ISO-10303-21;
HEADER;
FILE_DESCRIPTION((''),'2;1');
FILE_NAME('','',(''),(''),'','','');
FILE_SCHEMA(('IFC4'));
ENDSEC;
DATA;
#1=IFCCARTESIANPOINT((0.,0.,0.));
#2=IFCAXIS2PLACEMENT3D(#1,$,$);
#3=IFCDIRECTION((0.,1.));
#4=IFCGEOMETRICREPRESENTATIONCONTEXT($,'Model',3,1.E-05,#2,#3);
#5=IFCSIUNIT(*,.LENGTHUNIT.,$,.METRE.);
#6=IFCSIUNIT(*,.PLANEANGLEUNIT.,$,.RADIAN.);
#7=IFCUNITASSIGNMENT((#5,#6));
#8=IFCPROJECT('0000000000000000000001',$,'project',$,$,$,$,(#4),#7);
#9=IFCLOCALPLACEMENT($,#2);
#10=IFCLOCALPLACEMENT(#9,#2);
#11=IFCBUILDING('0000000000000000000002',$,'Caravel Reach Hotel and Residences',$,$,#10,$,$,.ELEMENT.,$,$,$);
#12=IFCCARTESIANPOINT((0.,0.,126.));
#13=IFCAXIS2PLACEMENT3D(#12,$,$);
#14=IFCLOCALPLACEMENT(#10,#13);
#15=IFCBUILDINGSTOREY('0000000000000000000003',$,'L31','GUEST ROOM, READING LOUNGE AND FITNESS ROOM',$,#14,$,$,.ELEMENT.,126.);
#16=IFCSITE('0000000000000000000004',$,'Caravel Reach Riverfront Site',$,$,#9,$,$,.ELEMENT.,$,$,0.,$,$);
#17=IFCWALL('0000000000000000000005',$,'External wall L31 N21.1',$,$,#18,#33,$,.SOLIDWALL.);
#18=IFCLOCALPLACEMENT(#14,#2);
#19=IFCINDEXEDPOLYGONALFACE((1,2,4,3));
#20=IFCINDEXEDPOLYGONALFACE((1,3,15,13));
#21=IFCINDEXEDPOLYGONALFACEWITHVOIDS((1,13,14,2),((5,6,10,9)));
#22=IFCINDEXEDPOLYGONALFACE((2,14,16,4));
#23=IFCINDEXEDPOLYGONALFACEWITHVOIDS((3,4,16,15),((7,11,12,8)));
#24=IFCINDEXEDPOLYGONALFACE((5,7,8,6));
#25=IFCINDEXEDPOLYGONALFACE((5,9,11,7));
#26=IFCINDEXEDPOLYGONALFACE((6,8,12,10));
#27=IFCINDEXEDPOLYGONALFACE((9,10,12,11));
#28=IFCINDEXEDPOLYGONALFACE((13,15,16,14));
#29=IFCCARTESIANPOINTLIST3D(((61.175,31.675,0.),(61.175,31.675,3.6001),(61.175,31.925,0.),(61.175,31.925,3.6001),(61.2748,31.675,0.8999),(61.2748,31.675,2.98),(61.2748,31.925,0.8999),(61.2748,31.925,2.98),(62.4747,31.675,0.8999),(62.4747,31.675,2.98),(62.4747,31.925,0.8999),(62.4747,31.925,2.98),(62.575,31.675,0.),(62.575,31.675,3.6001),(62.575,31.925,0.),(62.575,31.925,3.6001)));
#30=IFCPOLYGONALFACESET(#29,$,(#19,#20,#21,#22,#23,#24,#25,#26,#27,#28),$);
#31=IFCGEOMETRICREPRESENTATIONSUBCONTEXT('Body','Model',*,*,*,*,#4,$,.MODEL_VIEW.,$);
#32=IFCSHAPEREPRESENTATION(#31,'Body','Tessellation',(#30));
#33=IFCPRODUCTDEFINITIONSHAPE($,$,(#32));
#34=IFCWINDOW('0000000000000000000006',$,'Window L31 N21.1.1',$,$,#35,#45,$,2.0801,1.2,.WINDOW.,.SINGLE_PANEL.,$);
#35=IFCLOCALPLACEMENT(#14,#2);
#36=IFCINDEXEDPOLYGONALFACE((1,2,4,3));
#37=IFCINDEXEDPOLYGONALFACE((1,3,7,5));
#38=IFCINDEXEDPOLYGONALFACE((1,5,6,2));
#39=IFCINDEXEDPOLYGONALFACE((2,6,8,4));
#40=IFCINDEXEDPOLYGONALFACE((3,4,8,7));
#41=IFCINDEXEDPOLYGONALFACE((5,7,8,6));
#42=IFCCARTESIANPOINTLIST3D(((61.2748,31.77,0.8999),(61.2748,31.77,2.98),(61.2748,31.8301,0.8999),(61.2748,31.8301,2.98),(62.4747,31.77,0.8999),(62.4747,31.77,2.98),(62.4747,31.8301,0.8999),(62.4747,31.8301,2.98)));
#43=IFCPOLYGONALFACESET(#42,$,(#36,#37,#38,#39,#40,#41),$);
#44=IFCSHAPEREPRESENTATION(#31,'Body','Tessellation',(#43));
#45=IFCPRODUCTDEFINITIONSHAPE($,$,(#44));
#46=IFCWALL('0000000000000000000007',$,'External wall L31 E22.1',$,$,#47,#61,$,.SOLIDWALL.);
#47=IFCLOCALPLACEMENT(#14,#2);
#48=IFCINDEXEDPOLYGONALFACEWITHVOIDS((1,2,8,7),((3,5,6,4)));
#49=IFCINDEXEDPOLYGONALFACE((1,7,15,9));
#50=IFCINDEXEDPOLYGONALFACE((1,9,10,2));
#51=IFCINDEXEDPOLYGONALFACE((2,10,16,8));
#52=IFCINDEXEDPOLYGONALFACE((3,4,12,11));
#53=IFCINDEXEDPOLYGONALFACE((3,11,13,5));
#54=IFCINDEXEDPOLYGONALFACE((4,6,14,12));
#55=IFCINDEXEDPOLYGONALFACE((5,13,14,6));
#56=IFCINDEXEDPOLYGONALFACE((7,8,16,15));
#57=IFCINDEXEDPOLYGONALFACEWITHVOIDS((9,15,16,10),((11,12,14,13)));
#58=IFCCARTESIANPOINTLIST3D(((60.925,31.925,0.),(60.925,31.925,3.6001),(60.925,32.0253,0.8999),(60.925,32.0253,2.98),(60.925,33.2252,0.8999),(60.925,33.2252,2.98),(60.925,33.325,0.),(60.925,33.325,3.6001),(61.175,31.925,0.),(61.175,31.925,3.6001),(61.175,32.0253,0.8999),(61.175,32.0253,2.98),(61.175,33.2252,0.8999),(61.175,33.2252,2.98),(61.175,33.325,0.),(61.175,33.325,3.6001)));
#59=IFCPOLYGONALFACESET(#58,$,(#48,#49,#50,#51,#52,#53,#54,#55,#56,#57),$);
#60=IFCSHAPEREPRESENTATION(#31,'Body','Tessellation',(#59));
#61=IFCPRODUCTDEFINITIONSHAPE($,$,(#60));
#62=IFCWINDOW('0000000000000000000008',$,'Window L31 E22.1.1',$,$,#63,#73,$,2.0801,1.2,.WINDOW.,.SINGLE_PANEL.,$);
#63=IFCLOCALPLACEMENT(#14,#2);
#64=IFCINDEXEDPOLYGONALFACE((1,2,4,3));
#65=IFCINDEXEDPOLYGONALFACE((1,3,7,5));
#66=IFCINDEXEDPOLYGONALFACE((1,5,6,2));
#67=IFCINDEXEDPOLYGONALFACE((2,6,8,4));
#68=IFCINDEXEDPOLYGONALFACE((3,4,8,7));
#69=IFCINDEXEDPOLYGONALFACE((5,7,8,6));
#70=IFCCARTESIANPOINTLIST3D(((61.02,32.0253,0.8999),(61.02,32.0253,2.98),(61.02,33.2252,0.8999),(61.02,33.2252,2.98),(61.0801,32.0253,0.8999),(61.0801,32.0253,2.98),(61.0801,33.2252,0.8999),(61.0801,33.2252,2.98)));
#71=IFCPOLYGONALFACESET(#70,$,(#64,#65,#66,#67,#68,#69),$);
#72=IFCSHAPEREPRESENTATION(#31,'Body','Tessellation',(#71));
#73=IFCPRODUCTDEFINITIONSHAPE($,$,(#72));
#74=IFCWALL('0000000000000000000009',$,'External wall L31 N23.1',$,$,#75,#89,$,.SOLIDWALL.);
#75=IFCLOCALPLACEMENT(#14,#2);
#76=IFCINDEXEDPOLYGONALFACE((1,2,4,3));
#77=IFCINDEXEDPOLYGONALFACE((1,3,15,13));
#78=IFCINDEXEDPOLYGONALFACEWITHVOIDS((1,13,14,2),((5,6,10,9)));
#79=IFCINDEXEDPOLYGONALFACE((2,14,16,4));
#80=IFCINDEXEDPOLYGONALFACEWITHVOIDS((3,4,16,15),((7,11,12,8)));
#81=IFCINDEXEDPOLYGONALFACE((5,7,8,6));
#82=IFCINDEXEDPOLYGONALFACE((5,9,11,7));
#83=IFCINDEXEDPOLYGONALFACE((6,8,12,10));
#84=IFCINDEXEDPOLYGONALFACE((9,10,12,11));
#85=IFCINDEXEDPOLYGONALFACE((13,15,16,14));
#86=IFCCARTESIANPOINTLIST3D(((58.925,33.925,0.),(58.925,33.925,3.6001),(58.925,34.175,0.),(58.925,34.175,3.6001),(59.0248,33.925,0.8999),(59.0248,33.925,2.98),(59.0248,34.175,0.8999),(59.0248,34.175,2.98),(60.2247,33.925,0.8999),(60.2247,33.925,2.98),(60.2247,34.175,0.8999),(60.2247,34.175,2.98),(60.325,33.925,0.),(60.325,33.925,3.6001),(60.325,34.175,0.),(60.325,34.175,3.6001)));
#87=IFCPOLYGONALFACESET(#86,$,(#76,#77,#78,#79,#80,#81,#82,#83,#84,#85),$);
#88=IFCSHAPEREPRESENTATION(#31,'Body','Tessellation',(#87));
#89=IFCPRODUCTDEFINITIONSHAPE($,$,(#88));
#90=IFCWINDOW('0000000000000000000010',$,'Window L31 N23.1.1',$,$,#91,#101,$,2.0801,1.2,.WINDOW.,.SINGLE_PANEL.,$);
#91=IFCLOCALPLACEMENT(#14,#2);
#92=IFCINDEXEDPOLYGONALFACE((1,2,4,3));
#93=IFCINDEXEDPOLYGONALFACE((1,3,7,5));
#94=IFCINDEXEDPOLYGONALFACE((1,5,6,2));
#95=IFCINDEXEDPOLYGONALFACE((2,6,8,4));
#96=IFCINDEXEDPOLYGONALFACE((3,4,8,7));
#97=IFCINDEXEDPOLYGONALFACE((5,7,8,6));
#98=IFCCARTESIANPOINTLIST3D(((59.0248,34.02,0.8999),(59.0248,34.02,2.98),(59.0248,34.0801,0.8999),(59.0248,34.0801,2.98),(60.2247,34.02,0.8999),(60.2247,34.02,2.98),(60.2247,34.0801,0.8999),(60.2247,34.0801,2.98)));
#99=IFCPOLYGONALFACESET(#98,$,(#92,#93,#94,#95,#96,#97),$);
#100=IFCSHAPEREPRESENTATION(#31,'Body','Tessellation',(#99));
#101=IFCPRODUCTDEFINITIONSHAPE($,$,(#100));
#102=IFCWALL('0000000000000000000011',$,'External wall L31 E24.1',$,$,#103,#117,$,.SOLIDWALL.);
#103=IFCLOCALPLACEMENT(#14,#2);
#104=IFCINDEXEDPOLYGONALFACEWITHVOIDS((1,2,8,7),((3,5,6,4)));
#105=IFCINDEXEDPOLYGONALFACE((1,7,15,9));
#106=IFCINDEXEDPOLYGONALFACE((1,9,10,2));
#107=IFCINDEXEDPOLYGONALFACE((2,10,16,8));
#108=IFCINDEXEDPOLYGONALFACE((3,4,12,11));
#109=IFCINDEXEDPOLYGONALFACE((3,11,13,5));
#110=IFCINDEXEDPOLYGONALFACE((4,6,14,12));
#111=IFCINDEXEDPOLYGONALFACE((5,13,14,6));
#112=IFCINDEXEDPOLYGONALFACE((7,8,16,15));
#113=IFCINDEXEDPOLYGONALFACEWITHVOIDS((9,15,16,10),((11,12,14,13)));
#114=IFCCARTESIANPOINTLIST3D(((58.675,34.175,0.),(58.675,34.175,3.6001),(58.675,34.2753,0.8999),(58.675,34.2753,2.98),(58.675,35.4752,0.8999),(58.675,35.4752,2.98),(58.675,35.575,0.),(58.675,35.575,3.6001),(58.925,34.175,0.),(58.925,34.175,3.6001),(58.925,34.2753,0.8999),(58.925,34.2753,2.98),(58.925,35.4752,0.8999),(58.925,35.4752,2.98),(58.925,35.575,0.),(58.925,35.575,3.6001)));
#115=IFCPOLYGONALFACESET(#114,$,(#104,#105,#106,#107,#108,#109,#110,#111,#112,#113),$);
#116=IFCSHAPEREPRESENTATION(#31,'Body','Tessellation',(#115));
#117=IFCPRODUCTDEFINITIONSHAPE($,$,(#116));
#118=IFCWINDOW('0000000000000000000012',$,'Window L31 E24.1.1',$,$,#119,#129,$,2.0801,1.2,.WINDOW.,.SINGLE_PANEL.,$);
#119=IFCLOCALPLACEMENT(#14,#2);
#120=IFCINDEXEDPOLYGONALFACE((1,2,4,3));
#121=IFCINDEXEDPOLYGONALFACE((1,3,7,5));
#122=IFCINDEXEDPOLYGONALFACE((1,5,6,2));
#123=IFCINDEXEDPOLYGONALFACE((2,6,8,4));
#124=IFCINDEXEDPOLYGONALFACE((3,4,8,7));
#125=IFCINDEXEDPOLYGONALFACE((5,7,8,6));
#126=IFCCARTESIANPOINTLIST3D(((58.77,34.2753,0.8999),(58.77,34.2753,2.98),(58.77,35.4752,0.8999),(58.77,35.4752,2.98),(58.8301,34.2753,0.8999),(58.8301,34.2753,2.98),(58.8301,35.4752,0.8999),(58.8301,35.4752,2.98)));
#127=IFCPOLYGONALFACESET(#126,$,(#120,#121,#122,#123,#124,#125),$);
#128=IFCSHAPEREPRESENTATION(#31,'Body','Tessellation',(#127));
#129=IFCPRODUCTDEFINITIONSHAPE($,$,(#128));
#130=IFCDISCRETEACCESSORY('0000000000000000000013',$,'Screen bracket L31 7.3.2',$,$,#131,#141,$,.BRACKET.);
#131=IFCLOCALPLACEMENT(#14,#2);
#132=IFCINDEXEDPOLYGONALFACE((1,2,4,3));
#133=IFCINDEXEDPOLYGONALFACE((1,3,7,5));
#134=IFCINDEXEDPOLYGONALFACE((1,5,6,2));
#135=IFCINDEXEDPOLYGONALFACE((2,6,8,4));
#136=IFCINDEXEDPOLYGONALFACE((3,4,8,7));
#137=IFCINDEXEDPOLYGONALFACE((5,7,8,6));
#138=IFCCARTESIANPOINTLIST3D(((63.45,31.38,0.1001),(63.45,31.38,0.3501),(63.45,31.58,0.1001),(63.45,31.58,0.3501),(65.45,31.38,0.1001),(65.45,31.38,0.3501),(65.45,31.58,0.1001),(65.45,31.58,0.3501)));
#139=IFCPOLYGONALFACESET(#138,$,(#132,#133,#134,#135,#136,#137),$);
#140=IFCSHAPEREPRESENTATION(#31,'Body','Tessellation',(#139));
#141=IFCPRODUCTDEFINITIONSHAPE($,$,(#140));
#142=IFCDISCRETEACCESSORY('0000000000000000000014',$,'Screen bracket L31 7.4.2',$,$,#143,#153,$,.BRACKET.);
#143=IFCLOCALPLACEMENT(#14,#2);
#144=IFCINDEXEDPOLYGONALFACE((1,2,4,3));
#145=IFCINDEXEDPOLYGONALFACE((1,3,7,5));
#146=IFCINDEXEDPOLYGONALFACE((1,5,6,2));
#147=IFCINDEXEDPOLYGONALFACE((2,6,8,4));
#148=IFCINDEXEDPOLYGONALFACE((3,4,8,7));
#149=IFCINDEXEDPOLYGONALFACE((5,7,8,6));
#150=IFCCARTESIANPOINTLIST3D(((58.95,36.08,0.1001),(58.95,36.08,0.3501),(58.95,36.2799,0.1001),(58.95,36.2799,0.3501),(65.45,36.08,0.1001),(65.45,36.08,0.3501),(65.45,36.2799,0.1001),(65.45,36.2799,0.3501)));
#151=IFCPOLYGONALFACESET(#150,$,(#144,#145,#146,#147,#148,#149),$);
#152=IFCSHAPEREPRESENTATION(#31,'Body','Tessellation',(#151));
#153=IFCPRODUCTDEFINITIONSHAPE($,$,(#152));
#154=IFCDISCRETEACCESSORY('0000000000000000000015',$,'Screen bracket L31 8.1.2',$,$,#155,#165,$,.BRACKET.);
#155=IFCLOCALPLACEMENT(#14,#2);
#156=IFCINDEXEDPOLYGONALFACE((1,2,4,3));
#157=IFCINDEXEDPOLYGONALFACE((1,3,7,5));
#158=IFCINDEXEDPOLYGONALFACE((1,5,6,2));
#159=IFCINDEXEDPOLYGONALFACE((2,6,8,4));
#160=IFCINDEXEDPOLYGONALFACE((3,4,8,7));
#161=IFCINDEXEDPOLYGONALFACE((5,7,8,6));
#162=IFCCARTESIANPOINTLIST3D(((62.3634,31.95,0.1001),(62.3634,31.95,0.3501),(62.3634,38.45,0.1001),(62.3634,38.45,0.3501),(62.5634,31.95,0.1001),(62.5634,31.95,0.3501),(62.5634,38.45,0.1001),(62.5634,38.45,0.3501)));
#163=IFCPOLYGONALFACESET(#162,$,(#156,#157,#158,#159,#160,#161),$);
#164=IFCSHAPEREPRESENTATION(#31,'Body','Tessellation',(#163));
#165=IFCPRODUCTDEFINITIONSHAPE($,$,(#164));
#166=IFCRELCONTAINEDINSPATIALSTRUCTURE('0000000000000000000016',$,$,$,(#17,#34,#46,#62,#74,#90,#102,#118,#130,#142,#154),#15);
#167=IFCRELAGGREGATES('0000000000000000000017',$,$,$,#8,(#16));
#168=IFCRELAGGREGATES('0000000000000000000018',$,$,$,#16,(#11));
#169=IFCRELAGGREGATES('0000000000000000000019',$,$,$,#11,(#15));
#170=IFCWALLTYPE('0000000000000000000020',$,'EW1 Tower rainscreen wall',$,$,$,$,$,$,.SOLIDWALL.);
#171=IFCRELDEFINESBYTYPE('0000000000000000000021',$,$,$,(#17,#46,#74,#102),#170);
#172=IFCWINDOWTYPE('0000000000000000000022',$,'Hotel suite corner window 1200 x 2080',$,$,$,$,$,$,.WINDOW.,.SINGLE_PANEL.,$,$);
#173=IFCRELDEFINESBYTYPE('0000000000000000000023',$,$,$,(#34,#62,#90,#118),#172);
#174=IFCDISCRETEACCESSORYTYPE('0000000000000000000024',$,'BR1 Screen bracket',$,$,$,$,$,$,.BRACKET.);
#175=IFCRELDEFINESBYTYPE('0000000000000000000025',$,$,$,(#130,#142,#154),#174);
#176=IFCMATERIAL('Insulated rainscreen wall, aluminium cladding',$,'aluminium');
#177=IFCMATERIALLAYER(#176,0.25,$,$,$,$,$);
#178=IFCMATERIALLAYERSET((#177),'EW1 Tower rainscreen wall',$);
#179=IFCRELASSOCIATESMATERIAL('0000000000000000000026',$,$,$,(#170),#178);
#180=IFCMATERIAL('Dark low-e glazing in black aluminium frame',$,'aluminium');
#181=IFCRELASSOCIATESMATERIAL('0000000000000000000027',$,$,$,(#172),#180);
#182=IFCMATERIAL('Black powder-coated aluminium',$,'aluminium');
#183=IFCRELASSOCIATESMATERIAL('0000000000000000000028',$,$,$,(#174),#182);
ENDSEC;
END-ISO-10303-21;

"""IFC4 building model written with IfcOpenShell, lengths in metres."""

from ifc_helpers import new_model, si_unit, direction, frame, frame_2d, origin, origin_2d, place, context, subcontext, project, spatial, rectangle, extrude, material, layer, layer_set, type_object, element, fill, save


model = new_model("IFC4")

# Units and contexts
model_context = context("Model", 3, precision=1e-05, world=origin(), true_north=direction((0.0, 1.0)))
body_context = subcontext(model_context, "Body", "Model", "MODEL_VIEW")
ifc_project = project(units=[si_unit("LENGTHUNIT", "METRE"), si_unit("PLANEANGLEUNIT", "RADIAN")], contexts=[model_context])

# Site, building, storey
site_placement = place(None, origin())
site = spatial("IfcSite", under=ifc_project, at=site_placement, Name="Caravel Reach Riverfront Site", CompositionType="ELEMENT", RefElevation=0.0)
building_placement = place(site_placement, origin())
building = spatial("IfcBuilding", under=site, at=building_placement, Name="Caravel Reach Hotel and Residences", CompositionType="ELEMENT")
storey_placement = place(building_placement, frame((0.0, 0.0, 126.0)))
storey = spatial("IfcBuildingStorey", under=building, at=storey_placement, Name="L31", Description="GUEST ROOM, READING LOUNGE AND FITNESS ROOM", CompositionType="ELEMENT", Elevation=126.0)

# Walls, openings, windows
ifc_material_1 = material(Name="Insulated rainscreen wall, aluminium cladding", Category="aluminium")
ifc_layer = layer(ifc_material_1, 0.25)
ifc_layer_set = layer_set([ifc_layer], Name="EW1 Tower rainscreen wall")
wall_type = type_object("IfcWallType", Name="EW1 Tower rainscreen wall", PredefinedType="SOLIDWALL", material=ifc_layer_set)
wall_1_placement = place(storey_placement, frame((62.575, 31.8, 0.0), z_axis=(0.0, 0.0, 1.0), x_axis=(-1.0, 0.0, 0.0)))
wall_1 = element("IfcWall", 1, at=wall_1_placement, inside=storey, type_object=wall_type, Name="External wall L31 N21.1", PredefinedType="SOLIDWALL", context=body_context, shape_type="SweptSolid", body=[
    extrude(rectangle(XDim=1.3999, YDim=0.25, at=frame_2d((0.7, 0.0))), origin(), (0.0, 0.0, 1.0), 3.6001),
])
opening_1_placement = place(wall_1_placement, frame((0.1001, 0.0, 0.8999)))
opening_1 = element("IfcOpeningElement", 2, at=opening_1_placement, cuts=wall_1, PredefinedType="OPENING", context=body_context, shape_type="SweptSolid", body=[
    extrude(rectangle(XDim=1.2, YDim=2.0801, at=frame_2d((0.6001, 1.04))), frame((0.0, 0.135, 0.0), z_axis=(0.0, -1.0, 0.0), x_axis=(1.0, 0.0, 0.0)), (0.0, 0.0, 1.0), 0.27),
])
ifc_material_2 = material(Name="Dark low-e glazing in black aluminium frame", Category="aluminium")
window_type = type_object("IfcWindowType", Name="Hotel suite corner window 1200 x 2080", PartitioningType="SINGLE_PANEL", PredefinedType="WINDOW", material=ifc_material_2)
window_1_placement = place(opening_1_placement, origin())
window_1 = element("IfcWindow", 3, at=window_1_placement, inside=storey, type_object=window_type, Name="Window L31 N21.1.1", OverallHeight=2.0801, OverallWidth=1.2, PartitioningType="SINGLE_PANEL", PredefinedType="WINDOW", context=body_context, shape_type="SweptSolid", body=[
    extrude(rectangle(XDim=1.2, YDim=2.0801, at=frame_2d((0.6001, 1.04))), frame((0.0, 0.03, 0.0), z_axis=(0.0, -1.0, 0.0), x_axis=(1.0, 0.0, 0.0)), (0.0, 0.0, 1.0), 0.0601),
])
fill(opening_1, window_1)
wall_2_placement = place(storey_placement, frame((61.05, 31.925, 0.0), z_axis=(0.0, 0.0, 1.0), x_axis=(0.0, 1.0, 0.0)))
wall_2 = element("IfcWall", 4, at=wall_2_placement, inside=storey, type_object=wall_type, Name="External wall L31 E22.1", PredefinedType="SOLIDWALL", context=body_context, shape_type="SweptSolid", body=[
    extrude(rectangle(XDim=1.3999, YDim=0.25, at=frame_2d((0.7, 0.0))), origin(), (0.0, 0.0, 1.0), 3.6001),
])
opening_2_placement = place(wall_2_placement, frame((0.1001, 0.0, 0.8999)))
opening_2 = element("IfcOpeningElement", 5, at=opening_2_placement, cuts=wall_2, PredefinedType="OPENING", context=body_context, shape_type="SweptSolid", body=[
    extrude(rectangle(XDim=1.2, YDim=2.0801, at=frame_2d((0.6001, 1.04))), frame((0.0, 0.135, 0.0), z_axis=(0.0, -1.0, 0.0), x_axis=(1.0, 0.0, 0.0)), (0.0, 0.0, 1.0), 0.27),
])
window_2_placement = place(opening_2_placement, origin())
window_2 = element("IfcWindow", 6, at=window_2_placement, inside=storey, type_object=window_type, Name="Window L31 E22.1.1", OverallHeight=2.0801, OverallWidth=1.2, PartitioningType="SINGLE_PANEL", PredefinedType="WINDOW", context=body_context, shape_type="SweptSolid", body=[
    extrude(rectangle(XDim=1.2, YDim=2.0801, at=frame_2d((0.6001, 1.04))), frame((0.0, 0.03, 0.0), z_axis=(0.0, -1.0, 0.0), x_axis=(1.0, 0.0, 0.0)), (0.0, 0.0, 1.0), 0.0601),
])
fill(opening_2, window_2)
wall_3_placement = place(storey_placement, frame((60.325, 34.05, 0.0), z_axis=(0.0, 0.0, 1.0), x_axis=(-1.0, 0.0, 0.0)))
wall_3 = element("IfcWall", 7, at=wall_3_placement, inside=storey, type_object=wall_type, Name="External wall L31 N23.1", PredefinedType="SOLIDWALL", context=body_context, shape_type="SweptSolid", body=[
    extrude(rectangle(XDim=1.3999, YDim=0.25, at=frame_2d((0.7, 0.0))), origin(), (0.0, 0.0, 1.0), 3.6001),
])
opening_3_placement = place(wall_3_placement, frame((0.1001, 0.0, 0.8999)))
opening_3 = element("IfcOpeningElement", 8, at=opening_3_placement, cuts=wall_3, PredefinedType="OPENING", context=body_context, shape_type="SweptSolid", body=[
    extrude(rectangle(XDim=1.2, YDim=2.0801, at=frame_2d((0.6001, 1.04))), frame((0.0, 0.135, 0.0), z_axis=(0.0, -1.0, 0.0), x_axis=(1.0, 0.0, 0.0)), (0.0, 0.0, 1.0), 0.27),
])
window_3_placement = place(opening_3_placement, origin())
window_3 = element("IfcWindow", 9, at=window_3_placement, inside=storey, type_object=window_type, Name="Window L31 N23.1.1", OverallHeight=2.0801, OverallWidth=1.2, PartitioningType="SINGLE_PANEL", PredefinedType="WINDOW", context=body_context, shape_type="SweptSolid", body=[
    extrude(rectangle(XDim=1.2, YDim=2.0801, at=frame_2d((0.6001, 1.04))), frame((0.0, 0.03, 0.0), z_axis=(0.0, -1.0, 0.0), x_axis=(1.0, 0.0, 0.0)), (0.0, 0.0, 1.0), 0.0601),
])
fill(opening_3, window_3)
wall_4_placement = place(storey_placement, frame((58.8, 34.175, 0.0), z_axis=(0.0, 0.0, 1.0), x_axis=(0.0, 1.0, 0.0)))
wall_4 = element("IfcWall", 10, at=wall_4_placement, inside=storey, type_object=wall_type, Name="External wall L31 E24.1", PredefinedType="SOLIDWALL", context=body_context, shape_type="SweptSolid", body=[
    extrude(rectangle(XDim=1.3999, YDim=0.25, at=frame_2d((0.7, 0.0))), origin(), (0.0, 0.0, 1.0), 3.6001),
])
opening_4_placement = place(wall_4_placement, frame((0.1001, 0.0, 0.8999)))
opening_4 = element("IfcOpeningElement", 11, at=opening_4_placement, cuts=wall_4, PredefinedType="OPENING", context=body_context, shape_type="SweptSolid", body=[
    extrude(rectangle(XDim=1.2, YDim=2.0801, at=frame_2d((0.6001, 1.04))), frame((0.0, 0.135, 0.0), z_axis=(0.0, -1.0, 0.0), x_axis=(1.0, 0.0, 0.0)), (0.0, 0.0, 1.0), 0.27),
])
window_4_placement = place(opening_4_placement, origin())
window_4 = element("IfcWindow", 12, at=window_4_placement, inside=storey, type_object=window_type, Name="Window L31 E24.1.1", OverallHeight=2.0801, OverallWidth=1.2, PartitioningType="SINGLE_PANEL", PredefinedType="WINDOW", context=body_context, shape_type="SweptSolid", body=[
    extrude(rectangle(XDim=1.2, YDim=2.0801, at=frame_2d((0.6001, 1.04))), frame((0.0, 0.03, 0.0), z_axis=(0.0, -1.0, 0.0), x_axis=(1.0, 0.0, 0.0)), (0.0, 0.0, 1.0), 0.0601),
])
fill(opening_4, window_4)

# Discrete accessories
ifc_material_3 = material(Name="Black powder-coated aluminium", Category="aluminium")
discrete_accessory_type = type_object("IfcDiscreteAccessoryType", Name="BR1 Screen bracket", PredefinedType="BRACKET", material=ifc_material_3)
discrete_accessory_placement = place(storey_placement, frame((64.45, 31.48, 0.1001), z_axis=(0.0, 0.0, 1.0), x_axis=(1.0, 0.0, 0.0)))
element("IfcDiscreteAccessory", 13, at=discrete_accessory_placement, inside=storey, type_object=discrete_accessory_type, Name="Screen bracket L31 7.3.2", PredefinedType="BRACKET", context=body_context, shape_type="SweptSolid", body=[
    extrude(rectangle(XDim=2.0, YDim=0.2, at=origin_2d()), origin(), (0.0, 0.0, 1.0), 0.25),
])
for number, where, z_axis, x_axis, name in (
    (14, (62.2, 36.1799, 0.1001), (0.0, 0.0, 1.0), (1.0, 0.0, 0.0), "Screen bracket L31 7.4.2"),
    (15, (62.4634, 35.2, 0.1001), (0.0, 0.0, 1.0), (0.0, 1.0, 0.0), "Screen bracket L31 8.1.2"),
):
    element("IfcDiscreteAccessory", number, at=place(storey_placement, frame(where, z_axis=z_axis, x_axis=x_axis)), inside=storey, type_object=discrete_accessory_type, Name=name, PredefinedType="BRACKET", context=body_context, shape_type="SweptSolid", body=[
        extrude(rectangle(XDim=6.5, YDim=0.2, at=origin_2d()), origin(), (0.0, 0.0, 1.0), 0.25),
    ])

save(model, "model.ifc")
